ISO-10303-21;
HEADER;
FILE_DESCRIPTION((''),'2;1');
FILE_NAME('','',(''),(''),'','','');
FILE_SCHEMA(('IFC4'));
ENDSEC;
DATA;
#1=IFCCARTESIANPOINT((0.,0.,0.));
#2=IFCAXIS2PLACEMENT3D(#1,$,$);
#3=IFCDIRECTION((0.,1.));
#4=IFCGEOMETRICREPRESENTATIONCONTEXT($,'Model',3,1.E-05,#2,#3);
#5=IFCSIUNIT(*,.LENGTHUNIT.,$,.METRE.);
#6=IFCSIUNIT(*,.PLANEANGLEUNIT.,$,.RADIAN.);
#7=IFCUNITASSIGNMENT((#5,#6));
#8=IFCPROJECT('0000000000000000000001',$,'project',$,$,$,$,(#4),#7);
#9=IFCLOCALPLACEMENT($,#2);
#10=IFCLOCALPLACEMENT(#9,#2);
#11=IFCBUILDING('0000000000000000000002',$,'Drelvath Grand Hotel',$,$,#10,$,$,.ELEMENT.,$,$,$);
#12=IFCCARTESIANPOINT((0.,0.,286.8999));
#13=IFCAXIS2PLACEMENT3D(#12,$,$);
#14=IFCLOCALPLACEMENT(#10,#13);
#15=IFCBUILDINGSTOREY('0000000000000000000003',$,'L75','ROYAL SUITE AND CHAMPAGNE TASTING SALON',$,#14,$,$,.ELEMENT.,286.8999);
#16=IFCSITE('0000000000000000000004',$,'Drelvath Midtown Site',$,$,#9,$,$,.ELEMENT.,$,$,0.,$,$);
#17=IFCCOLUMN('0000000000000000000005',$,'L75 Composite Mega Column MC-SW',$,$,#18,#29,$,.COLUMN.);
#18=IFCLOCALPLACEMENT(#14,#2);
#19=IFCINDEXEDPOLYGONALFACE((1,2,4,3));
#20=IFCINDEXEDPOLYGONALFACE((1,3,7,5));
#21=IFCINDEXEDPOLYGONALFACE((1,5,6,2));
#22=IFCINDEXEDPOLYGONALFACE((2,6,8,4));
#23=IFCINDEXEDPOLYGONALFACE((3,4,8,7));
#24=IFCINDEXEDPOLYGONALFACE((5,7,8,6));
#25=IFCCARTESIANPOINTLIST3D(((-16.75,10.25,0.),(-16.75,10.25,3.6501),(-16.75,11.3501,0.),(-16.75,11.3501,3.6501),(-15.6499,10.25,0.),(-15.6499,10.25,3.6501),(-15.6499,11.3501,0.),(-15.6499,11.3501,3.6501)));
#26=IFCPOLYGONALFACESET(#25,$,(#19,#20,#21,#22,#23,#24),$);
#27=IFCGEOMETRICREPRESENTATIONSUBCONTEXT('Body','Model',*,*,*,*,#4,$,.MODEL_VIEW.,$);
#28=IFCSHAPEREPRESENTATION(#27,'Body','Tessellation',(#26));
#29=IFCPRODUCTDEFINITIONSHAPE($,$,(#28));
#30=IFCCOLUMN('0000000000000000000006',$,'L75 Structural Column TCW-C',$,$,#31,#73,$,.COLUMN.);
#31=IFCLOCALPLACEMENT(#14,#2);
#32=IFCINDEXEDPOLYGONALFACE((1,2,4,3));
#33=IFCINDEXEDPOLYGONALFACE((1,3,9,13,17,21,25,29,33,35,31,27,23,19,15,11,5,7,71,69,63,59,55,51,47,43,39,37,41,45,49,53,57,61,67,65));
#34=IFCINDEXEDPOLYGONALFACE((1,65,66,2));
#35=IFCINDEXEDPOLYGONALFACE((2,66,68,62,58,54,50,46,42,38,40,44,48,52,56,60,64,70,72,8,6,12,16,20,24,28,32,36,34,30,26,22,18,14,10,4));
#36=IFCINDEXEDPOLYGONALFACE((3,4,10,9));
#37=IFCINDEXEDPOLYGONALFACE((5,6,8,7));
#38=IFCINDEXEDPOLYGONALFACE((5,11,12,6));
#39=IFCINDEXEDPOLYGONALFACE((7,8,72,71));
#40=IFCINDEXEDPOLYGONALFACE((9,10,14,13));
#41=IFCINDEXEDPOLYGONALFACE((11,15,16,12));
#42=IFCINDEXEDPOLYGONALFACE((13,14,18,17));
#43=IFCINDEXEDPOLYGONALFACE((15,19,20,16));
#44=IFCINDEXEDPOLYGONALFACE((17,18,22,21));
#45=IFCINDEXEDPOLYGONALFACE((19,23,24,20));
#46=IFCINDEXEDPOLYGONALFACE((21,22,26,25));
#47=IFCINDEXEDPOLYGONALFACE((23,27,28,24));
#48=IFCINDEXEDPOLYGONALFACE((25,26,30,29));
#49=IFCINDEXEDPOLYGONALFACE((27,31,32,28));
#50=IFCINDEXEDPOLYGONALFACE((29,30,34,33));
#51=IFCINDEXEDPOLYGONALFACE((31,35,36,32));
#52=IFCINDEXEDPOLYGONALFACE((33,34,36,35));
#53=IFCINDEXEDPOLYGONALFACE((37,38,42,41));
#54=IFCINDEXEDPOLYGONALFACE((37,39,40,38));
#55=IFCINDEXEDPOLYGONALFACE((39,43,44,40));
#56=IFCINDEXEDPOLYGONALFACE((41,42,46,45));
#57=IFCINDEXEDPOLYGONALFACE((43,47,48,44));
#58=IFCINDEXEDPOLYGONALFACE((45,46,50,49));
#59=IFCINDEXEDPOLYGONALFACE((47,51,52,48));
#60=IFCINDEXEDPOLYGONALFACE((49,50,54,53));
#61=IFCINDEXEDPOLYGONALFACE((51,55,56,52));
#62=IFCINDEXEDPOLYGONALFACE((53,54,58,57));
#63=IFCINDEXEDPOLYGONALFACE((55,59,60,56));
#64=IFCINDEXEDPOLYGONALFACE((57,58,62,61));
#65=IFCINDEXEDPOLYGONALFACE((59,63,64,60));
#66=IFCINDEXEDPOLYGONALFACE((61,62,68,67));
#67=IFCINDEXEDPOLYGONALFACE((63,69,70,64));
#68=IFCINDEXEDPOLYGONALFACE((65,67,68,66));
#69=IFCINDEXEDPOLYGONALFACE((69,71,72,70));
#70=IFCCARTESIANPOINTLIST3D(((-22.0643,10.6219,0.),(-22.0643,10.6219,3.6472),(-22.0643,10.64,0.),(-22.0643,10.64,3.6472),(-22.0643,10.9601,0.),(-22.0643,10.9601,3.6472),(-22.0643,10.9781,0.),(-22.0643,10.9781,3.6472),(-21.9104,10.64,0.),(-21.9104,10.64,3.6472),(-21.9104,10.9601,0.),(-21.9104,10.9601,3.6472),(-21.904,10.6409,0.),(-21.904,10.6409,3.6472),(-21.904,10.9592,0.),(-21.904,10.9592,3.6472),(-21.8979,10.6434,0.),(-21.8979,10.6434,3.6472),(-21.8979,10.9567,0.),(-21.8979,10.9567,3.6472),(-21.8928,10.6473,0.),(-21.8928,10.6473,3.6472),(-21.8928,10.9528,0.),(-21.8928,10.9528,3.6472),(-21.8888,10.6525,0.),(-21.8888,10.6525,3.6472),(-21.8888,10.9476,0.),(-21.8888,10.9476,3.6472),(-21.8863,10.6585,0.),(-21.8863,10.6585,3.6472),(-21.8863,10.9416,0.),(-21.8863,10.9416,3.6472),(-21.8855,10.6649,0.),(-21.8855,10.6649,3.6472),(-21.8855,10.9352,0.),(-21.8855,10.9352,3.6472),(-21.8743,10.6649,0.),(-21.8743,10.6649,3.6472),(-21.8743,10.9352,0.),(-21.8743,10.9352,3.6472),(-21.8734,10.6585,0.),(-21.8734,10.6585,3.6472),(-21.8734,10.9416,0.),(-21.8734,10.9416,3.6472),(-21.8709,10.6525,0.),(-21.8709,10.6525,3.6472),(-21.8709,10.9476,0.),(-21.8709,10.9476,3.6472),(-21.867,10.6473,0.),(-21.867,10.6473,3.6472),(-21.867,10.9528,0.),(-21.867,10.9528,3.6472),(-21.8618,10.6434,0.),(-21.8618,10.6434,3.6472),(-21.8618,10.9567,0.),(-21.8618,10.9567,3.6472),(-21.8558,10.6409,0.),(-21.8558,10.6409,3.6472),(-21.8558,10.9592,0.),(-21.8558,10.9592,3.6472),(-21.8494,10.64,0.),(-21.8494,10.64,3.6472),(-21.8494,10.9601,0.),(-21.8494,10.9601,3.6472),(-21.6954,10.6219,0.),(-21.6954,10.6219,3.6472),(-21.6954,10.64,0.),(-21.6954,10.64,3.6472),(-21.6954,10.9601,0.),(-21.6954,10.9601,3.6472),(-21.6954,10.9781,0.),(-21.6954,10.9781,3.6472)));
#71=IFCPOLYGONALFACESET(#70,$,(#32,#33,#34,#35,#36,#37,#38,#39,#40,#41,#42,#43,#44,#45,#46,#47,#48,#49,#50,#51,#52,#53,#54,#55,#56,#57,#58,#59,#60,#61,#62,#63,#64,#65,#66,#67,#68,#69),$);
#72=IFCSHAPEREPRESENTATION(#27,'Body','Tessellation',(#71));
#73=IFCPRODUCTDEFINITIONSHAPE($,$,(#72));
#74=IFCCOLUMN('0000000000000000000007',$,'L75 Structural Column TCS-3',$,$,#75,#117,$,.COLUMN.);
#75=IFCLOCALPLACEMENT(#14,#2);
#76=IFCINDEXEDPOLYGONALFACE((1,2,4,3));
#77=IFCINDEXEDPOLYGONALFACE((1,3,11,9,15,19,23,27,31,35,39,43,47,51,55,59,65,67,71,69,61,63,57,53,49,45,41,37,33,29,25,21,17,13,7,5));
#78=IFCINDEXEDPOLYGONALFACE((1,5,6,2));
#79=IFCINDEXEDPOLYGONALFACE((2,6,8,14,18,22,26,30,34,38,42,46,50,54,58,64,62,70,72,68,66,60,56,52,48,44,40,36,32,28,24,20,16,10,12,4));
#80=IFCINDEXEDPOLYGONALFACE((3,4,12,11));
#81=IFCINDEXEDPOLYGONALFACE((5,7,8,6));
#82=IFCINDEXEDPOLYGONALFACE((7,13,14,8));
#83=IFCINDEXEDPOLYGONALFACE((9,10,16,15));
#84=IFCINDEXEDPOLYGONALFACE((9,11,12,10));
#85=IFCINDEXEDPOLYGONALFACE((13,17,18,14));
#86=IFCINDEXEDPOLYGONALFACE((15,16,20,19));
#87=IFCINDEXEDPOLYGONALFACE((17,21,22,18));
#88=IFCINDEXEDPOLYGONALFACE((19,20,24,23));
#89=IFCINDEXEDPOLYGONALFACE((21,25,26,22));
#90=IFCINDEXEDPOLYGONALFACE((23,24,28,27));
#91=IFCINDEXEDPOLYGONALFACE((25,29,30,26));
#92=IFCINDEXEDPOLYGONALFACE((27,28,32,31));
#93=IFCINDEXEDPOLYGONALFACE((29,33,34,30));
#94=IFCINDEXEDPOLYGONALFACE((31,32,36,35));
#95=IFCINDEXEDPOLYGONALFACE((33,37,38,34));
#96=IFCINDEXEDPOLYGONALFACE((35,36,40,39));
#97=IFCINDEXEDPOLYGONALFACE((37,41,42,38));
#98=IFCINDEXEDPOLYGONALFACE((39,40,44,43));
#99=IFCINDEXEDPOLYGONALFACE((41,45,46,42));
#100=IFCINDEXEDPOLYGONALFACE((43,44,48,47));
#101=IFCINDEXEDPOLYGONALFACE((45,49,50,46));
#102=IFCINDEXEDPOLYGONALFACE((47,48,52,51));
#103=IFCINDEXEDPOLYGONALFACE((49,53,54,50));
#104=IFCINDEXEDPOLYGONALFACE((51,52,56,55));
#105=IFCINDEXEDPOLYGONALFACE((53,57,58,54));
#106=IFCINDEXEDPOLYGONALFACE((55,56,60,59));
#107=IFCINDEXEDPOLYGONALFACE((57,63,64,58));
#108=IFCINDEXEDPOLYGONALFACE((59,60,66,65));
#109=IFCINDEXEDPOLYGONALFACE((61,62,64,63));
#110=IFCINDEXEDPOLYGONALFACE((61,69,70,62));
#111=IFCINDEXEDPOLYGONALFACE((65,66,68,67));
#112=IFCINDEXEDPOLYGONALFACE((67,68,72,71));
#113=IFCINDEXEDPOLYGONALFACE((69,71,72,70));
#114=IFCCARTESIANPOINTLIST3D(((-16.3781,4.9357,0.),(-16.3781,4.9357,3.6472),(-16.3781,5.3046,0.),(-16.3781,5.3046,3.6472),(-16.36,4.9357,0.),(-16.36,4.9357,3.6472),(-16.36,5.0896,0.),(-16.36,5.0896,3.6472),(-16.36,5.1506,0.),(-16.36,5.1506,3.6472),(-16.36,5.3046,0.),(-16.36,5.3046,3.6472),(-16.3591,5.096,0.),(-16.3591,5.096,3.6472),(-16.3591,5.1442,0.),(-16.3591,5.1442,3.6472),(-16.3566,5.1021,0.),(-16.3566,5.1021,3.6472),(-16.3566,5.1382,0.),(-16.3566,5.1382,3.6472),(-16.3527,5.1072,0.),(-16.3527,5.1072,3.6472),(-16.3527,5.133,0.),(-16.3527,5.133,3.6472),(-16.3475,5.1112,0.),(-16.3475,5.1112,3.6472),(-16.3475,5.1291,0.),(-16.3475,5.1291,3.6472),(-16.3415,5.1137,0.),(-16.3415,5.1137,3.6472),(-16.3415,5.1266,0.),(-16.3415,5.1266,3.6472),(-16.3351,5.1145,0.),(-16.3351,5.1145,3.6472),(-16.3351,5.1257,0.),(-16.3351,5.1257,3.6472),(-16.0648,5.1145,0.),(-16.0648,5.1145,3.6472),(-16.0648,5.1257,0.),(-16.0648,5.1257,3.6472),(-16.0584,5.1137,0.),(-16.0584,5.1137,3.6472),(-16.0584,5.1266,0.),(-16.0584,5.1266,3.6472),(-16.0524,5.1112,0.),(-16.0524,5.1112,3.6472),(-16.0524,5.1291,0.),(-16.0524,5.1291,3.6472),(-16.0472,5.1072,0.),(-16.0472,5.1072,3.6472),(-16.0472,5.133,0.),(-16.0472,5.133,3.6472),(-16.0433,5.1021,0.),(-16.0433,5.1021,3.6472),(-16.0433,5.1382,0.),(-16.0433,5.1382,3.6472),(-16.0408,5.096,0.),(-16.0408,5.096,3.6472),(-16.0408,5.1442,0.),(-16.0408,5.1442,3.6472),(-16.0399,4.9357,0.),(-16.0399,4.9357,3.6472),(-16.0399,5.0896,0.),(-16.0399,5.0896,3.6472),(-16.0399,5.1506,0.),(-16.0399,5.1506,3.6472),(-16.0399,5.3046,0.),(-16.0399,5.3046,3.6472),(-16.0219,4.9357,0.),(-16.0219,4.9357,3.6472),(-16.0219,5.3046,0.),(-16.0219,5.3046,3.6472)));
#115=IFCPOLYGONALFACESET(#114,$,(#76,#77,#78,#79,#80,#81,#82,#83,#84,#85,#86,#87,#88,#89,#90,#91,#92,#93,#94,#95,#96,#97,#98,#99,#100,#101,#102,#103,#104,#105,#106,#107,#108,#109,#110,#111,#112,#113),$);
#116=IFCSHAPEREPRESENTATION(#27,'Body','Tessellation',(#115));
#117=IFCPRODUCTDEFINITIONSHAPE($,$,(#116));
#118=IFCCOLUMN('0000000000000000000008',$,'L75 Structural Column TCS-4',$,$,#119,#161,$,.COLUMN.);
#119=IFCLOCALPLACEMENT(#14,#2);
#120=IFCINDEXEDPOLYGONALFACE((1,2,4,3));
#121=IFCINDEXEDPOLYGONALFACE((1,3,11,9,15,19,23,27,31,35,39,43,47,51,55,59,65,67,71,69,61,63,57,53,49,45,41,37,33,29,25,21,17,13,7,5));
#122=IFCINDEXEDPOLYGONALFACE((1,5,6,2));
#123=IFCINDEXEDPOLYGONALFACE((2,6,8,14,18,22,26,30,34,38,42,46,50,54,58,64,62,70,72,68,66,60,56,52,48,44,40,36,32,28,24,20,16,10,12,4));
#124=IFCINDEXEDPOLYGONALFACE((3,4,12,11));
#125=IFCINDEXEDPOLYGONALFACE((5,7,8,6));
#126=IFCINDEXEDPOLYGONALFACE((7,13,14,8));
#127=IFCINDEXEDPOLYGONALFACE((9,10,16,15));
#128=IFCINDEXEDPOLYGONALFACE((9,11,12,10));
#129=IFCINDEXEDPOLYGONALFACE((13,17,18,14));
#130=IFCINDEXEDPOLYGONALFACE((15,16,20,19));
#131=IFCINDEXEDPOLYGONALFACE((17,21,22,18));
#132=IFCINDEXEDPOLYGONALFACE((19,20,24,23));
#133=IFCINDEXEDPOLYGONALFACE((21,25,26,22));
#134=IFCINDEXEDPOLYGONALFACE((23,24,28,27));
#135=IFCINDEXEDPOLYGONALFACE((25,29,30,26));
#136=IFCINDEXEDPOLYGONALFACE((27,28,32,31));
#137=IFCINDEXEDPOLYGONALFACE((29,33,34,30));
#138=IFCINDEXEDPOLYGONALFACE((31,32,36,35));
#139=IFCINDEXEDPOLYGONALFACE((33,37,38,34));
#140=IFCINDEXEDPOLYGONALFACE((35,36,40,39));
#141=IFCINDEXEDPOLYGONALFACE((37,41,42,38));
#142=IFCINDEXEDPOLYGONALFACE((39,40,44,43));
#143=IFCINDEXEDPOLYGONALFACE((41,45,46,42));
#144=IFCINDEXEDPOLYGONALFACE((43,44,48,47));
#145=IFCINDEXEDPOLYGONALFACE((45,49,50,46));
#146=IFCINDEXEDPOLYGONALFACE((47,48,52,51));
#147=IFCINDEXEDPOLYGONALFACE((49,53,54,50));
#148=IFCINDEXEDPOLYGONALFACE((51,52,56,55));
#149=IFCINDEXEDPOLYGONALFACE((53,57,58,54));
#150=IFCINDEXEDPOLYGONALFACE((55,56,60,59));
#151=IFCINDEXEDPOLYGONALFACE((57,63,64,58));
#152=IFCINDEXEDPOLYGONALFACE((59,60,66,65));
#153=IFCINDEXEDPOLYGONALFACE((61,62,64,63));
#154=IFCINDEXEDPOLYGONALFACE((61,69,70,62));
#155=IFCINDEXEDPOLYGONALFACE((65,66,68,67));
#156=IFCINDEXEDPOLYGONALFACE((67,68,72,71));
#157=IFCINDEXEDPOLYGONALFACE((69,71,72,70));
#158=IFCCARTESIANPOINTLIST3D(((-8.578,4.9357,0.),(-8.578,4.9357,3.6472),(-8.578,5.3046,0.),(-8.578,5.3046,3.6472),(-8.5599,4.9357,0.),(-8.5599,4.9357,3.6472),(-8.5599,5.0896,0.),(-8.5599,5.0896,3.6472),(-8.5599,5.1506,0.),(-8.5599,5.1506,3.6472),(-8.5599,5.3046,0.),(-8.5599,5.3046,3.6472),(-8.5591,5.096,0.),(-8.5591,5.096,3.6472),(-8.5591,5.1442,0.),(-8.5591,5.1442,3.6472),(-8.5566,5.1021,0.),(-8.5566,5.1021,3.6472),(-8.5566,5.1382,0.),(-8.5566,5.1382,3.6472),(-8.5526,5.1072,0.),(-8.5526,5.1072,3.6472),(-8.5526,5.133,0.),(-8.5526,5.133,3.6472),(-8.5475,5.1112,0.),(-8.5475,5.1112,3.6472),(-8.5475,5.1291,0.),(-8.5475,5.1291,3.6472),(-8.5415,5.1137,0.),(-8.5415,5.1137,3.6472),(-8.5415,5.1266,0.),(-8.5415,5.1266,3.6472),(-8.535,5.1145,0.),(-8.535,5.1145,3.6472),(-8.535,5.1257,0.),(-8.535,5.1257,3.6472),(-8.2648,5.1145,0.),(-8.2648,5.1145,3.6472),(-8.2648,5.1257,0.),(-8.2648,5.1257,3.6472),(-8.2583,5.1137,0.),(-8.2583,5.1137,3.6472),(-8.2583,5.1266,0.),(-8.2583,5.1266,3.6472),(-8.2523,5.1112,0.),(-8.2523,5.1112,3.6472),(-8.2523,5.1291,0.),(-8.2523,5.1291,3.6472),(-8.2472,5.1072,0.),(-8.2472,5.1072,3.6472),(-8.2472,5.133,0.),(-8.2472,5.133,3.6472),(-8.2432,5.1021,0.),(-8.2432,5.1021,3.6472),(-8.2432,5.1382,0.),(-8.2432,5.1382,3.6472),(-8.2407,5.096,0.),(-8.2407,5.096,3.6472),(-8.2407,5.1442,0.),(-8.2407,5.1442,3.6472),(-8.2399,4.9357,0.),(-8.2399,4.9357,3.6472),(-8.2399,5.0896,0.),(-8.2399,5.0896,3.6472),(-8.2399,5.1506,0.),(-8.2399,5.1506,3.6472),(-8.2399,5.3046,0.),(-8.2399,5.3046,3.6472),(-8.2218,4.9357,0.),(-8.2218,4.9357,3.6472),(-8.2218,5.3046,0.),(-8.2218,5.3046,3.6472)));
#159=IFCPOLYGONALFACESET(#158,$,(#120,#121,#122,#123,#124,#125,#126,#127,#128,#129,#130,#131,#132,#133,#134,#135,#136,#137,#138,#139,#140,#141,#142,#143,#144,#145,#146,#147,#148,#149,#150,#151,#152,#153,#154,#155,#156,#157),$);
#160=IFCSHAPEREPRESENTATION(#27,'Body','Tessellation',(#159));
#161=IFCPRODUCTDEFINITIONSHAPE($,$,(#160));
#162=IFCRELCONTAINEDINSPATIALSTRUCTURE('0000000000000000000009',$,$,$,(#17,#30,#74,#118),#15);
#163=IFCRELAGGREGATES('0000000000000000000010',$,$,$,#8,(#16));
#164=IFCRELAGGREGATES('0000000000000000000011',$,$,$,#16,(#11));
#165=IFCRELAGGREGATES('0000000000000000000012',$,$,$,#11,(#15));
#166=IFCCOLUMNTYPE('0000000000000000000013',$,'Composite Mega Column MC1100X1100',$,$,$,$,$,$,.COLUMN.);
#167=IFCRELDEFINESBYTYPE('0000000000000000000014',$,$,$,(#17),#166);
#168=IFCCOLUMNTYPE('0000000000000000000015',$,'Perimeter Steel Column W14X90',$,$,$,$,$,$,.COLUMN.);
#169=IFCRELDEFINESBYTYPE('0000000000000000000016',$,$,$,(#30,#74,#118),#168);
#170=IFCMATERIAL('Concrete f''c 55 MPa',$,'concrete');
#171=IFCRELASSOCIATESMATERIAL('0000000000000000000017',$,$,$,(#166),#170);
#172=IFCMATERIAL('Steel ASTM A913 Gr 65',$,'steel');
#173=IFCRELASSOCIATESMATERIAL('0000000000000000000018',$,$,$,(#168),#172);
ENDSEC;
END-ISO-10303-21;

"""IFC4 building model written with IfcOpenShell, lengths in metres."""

from ifc_helpers import new_model, si_unit, direction, frame, origin, origin_2d, place, context, subcontext, project, spatial, rectangle, i_section, extrude, material, material_profile, profile_set, type_object, element, save


model = new_model("IFC4")

# Units and contexts
model_context = context("Model", 3, precision=1e-05, world=origin(), true_north=direction((0.0, 1.0)))
body_context = subcontext(model_context, "Body", "Model", "MODEL_VIEW")
ifc_project = project(units=[si_unit("LENGTHUNIT", "METRE"), si_unit("PLANEANGLEUNIT", "RADIAN")], contexts=[model_context])

# Site, building, storey
site_placement = place(None, origin())
site = spatial("IfcSite", under=ifc_project, at=site_placement, Name="Drelvath Midtown Site", CompositionType="ELEMENT", RefElevation=0.0)
building_placement = place(site_placement, origin())
building = spatial("IfcBuilding", under=site, at=building_placement, Name="Drelvath Grand Hotel", CompositionType="ELEMENT")
storey_placement = place(building_placement, frame((0.0, 0.0, 286.8999)))
storey = spatial("IfcBuildingStorey", under=building, at=storey_placement, Name="L75", Description="ROYAL SUITE AND CHAMPAGNE TASTING SALON", CompositionType="ELEMENT", Elevation=286.8999)

# Columns
ifc_material_1 = material(Name="Concrete f'c 55 MPa", Category="concrete")
ifc_material_profile_1 = material_profile(ifc_material_1, rectangle(XDim=1.1001, YDim=1.1001, at=origin_2d()), Name="MC1100X1100")
ifc_profile_set_1 = profile_set([ifc_material_profile_1], Name="Concrete f'c 55 MPa")
column_type_1 = type_object("IfcColumnType", Name="Composite Mega Column MC1100X1100", PredefinedType="COLUMN", material=ifc_profile_set_1)
column_placement = place(storey_placement, frame((-16.2, 10.8, 0.0), z_axis=(0.0, 0.0, 1.0), x_axis=(1.0, 0.0, 0.0)))
element("IfcColumn", 1, at=column_placement, inside=storey, type_object=column_type_1, Name="L75 Composite Mega Column MC-SW", PredefinedType="COLUMN", context=body_context, shape_type="SweptSolid", body=[
    extrude(rectangle(XDim=1.1001, YDim=1.1001, at=origin_2d()), origin(), (0.0, 0.0, 1.0), 3.6501),
])
ifc_material_2 = material(Name="Steel ASTM A913 Gr 65", Category="steel")
ifc_material_profile_2 = material_profile(ifc_material_2, i_section(OverallWidth=0.3689, OverallDepth=0.3562, WebThickness=0.0112, FlangeThickness=0.0181, FilletRadius=0.0249, at=origin_2d()), Name="W14X90")
ifc_profile_set_2 = profile_set([ifc_material_profile_2], Name="Steel ASTM A913 Gr 65")
column_type_2 = type_object("IfcColumnType", Name="Perimeter Steel Column W14X90", PredefinedType="COLUMN", material=ifc_profile_set_2)
for number, where, z_axis, x_axis, name in (
    (2, (-21.8799, 10.8, 0.0), (0.0, 0.0, 1.0), (1.0, 0.0, 0.0), "L75 Structural Column TCW-C"),
    (3, (-16.2, 5.1201, 0.0), (0.0, 0.0, 1.0), (0.0, 1.0, 0.0), "L75 Structural Column TCS-3"),
    (4, (-8.3999, 5.1201, 0.0), (0.0, 0.0, 1.0), (0.0, 1.0, 0.0), "L75 Structural Column TCS-4"),
):
    element("IfcColumn", number, at=place(storey_placement, frame(where, z_axis=z_axis, x_axis=x_axis)), inside=storey, type_object=column_type_2, Name=name, PredefinedType="COLUMN", context=body_context, shape_type="SweptSolid", body=[
        extrude(i_section(OverallWidth=0.3689, OverallDepth=0.3562, WebThickness=0.0112, FlangeThickness=0.0181, FilletRadius=0.0249, at=origin_2d()), origin(), (0.0, 0.0, 1.0), 3.6472),
    ])

save(model, "model.ifc")
